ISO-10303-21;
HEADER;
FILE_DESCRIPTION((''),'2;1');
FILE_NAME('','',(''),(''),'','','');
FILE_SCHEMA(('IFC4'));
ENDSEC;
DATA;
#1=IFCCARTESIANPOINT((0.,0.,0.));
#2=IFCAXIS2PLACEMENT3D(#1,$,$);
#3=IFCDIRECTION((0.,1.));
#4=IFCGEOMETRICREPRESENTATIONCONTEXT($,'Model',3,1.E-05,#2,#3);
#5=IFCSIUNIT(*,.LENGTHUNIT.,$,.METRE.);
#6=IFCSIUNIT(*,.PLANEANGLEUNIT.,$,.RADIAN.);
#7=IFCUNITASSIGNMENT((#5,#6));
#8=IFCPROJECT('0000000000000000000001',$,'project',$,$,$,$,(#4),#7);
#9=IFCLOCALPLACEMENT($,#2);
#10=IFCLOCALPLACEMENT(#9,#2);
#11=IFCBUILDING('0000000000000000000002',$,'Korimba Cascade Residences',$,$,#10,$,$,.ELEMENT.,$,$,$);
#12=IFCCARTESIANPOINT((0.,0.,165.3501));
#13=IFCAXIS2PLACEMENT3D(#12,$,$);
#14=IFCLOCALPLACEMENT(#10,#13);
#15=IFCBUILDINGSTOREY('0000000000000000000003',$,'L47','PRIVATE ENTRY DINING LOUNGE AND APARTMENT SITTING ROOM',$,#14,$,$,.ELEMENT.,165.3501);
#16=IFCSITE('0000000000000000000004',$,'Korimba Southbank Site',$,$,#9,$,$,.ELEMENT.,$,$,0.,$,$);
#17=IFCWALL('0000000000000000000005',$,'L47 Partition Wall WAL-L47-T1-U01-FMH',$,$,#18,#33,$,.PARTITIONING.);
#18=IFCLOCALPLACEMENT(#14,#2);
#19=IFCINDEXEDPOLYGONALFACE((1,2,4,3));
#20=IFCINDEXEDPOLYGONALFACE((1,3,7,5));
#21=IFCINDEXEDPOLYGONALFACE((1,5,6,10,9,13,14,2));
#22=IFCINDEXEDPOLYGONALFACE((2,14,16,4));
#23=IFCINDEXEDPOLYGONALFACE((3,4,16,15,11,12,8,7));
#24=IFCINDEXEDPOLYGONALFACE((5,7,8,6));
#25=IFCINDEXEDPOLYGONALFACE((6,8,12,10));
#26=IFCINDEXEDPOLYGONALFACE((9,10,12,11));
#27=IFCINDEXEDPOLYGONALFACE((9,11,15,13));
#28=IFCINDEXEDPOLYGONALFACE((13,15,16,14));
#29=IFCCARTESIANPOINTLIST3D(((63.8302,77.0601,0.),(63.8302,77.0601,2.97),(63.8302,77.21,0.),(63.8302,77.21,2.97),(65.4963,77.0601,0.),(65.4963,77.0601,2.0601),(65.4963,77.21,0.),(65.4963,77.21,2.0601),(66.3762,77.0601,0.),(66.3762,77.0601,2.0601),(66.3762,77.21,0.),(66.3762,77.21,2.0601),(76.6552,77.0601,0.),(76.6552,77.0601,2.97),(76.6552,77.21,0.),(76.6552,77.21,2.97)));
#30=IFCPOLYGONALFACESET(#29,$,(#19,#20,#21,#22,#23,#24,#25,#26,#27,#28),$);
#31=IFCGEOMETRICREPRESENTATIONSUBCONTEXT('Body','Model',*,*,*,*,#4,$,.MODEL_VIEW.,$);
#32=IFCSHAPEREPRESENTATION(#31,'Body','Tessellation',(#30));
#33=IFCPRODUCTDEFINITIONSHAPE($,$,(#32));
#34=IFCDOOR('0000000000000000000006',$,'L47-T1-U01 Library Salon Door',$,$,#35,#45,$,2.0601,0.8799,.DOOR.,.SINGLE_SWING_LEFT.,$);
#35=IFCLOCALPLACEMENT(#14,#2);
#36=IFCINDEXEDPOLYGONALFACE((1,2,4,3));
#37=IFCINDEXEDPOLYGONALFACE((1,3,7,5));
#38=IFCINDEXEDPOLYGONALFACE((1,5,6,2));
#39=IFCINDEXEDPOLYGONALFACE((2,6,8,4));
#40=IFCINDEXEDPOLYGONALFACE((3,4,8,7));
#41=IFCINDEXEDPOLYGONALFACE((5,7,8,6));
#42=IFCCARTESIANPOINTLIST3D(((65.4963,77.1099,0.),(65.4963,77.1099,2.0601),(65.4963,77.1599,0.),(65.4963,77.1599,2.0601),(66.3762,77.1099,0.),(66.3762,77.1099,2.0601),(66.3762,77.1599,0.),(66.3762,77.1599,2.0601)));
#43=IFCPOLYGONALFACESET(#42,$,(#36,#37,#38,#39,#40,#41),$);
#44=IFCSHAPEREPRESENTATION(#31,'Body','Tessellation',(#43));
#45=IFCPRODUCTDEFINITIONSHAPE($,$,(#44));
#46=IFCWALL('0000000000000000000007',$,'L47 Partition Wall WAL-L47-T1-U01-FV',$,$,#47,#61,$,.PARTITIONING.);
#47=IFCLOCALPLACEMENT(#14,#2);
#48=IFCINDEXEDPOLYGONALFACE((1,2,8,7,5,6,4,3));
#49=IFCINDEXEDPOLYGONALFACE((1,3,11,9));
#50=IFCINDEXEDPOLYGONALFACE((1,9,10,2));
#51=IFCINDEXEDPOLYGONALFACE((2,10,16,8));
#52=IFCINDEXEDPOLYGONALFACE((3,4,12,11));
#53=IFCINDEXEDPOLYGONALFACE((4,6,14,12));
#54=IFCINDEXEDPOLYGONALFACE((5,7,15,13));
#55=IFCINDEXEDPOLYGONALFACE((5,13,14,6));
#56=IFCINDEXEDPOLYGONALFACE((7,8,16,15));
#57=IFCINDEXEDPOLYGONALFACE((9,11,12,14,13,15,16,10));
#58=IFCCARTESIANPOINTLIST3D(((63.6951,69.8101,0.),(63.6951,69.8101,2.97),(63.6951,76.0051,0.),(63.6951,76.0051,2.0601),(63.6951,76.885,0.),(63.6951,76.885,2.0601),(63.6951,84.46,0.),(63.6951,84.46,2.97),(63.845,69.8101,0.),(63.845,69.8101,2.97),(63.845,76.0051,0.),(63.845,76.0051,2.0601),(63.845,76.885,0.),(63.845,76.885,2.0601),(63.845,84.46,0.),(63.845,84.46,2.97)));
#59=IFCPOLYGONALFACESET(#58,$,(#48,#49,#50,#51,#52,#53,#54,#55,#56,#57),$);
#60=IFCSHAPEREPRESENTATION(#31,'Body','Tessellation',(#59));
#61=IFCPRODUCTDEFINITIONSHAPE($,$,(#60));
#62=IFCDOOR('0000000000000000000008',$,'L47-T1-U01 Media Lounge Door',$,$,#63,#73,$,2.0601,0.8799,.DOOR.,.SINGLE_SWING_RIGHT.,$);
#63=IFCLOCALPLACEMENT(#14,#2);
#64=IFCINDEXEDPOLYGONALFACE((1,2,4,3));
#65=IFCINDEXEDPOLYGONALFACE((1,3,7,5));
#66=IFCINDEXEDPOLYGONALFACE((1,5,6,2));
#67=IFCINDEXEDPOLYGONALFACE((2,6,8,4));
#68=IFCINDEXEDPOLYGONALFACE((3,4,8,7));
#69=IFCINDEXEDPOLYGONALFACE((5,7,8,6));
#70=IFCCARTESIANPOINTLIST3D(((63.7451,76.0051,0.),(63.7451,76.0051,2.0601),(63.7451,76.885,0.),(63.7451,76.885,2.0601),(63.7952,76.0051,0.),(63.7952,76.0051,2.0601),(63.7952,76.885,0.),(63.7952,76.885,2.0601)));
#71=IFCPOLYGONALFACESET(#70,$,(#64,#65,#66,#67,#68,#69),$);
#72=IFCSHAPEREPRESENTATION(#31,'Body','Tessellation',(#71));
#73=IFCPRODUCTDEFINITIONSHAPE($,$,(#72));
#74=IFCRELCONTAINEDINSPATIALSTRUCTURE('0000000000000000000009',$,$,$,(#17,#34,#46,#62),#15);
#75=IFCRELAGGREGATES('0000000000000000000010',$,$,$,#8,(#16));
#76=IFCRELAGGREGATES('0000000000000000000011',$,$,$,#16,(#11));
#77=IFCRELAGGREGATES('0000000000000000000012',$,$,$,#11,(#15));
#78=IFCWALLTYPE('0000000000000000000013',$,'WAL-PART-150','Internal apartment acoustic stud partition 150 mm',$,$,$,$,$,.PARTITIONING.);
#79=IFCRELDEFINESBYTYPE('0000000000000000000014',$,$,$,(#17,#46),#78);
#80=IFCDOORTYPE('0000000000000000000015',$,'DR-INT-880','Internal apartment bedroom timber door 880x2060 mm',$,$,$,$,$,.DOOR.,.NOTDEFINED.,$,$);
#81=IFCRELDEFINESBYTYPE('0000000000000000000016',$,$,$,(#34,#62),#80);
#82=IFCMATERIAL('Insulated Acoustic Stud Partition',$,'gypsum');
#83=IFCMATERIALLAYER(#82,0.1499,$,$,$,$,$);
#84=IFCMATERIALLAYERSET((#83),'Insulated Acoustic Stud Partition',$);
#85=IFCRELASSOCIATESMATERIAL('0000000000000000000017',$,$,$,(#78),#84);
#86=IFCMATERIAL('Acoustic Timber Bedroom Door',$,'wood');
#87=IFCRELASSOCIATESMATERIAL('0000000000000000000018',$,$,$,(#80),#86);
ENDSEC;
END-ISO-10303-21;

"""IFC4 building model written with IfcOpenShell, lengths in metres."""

from ifc_helpers import new_model, si_unit, direction, frame, frame_2d, origin, place, context, subcontext, project, spatial, rectangle, extrude, material, layer, layer_set, type_object, element, fill, save


model = new_model("IFC4")

# Units and contexts
model_context = context("Model", 3, precision=1e-05, world=origin(), true_north=direction((0.0, 1.0)))
body_context = subcontext(model_context, "Body", "Model", "MODEL_VIEW")
ifc_project = project(units=[si_unit("LENGTHUNIT", "METRE"), si_unit("PLANEANGLEUNIT", "RADIAN")], contexts=[model_context])

# Site, building, storey
site_placement = place(None, origin())
site = spatial("IfcSite", under=ifc_project, at=site_placement, Name="Korimba Southbank Site", CompositionType="ELEMENT", RefElevation=0.0)
building_placement = place(site_placement, origin())
building = spatial("IfcBuilding", under=site, at=building_placement, Name="Korimba Cascade Residences", CompositionType="ELEMENT")
storey_placement = place(building_placement, frame((0.0, 0.0, 165.3501)))
storey = spatial("IfcBuildingStorey", under=building, at=storey_placement, Name="L47", Description="PRIVATE ENTRY DINING LOUNGE AND APARTMENT SITTING ROOM", CompositionType="ELEMENT", Elevation=165.3501)

# Shared definitions
ifc_material_1 = material(Name="Insulated Acoustic Stud Partition", Category="gypsum")
ifc_layer_1 = layer(ifc_material_1, 0.1499)
ifc_layer_set_1 = layer_set([ifc_layer_1], Name="Insulated Acoustic Stud Partition")
wall_type_1 = type_object("IfcWallType", Name="WAL-PART-150", Description="Internal apartment acoustic stud partition 150 mm", PredefinedType="PARTITIONING", material=ifc_layer_set_1)
ifc_material_2 = material(Name="Acoustic Timber Bedroom Door", Category="wood")
door_type_1 = type_object("IfcDoorType", Name="DR-INT-880", Description="Internal apartment bedroom timber door 880x2060 mm", OperationType="NOTDEFINED", PredefinedType="DOOR", material=ifc_material_2)

# Walls, openings, doors
wall_1_placement = place(storey_placement, frame((63.8301, 77.135, 0.0), z_axis=(0.0, 0.0, 1.0), x_axis=(1.0, 0.0, 0.0)))
wall_1 = element("IfcWall", 1, at=wall_1_placement, inside=storey, type_object=wall_type_1, Name="L47 Partition Wall WAL-L47-T1-U01-FMH", PredefinedType="PARTITIONING", context=body_context, shape_type="SweptSolid", body=[
    extrude(rectangle(XDim=12.825, YDim=0.1499, at=frame_2d((6.4126, 0.0))), origin(), (0.0, 0.0, 1.0), 2.97),
])
opening_1_placement = place(wall_1_placement, frame((1.6663, 0.0, 0.0)))
opening_1 = element("IfcOpeningElement", 2, at=opening_1_placement, cuts=wall_1, PredefinedType="OPENING", context=body_context, shape_type="SweptSolid", body=[
    extrude(rectangle(XDim=0.8799, YDim=2.0601, at=frame_2d((0.4399, 1.03))), frame((0.0, 0.085, 0.0), z_axis=(0.0, -1.0, 0.0), x_axis=(1.0, 0.0, 0.0)), (0.0, 0.0, 1.0), 0.1699),
])
door_1_placement = place(opening_1_placement, origin())
door_1 = element("IfcDoor", 3, at=door_1_placement, inside=storey, type_object=door_type_1, Name="L47-T1-U01 Library Salon Door", OperationType="SINGLE_SWING_LEFT", OverallHeight=2.0601, OverallWidth=0.8799, PredefinedType="DOOR", context=body_context, shape_type="SweptSolid", body=[
    extrude(rectangle(XDim=0.8799, YDim=2.0601, at=frame_2d((0.4399, 1.03))), frame((0.0, 0.0249, 0.0), z_axis=(0.0, -1.0, 0.0), x_axis=(1.0, 0.0, 0.0)), (0.0, 0.0, 1.0), 0.05),
])
fill(opening_1, door_1)
wall_2_placement = place(storey_placement, frame((63.77, 69.8101, 0.0), z_axis=(0.0, 0.0, 1.0), x_axis=(0.0, 1.0, 0.0)))
wall_2 = element("IfcWall", 4, at=wall_2_placement, inside=storey, type_object=wall_type_1, Name="L47 Partition Wall WAL-L47-T1-U01-FV", PredefinedType="PARTITIONING", context=body_context, shape_type="SweptSolid", body=[
    extrude(rectangle(XDim=14.6499, YDim=0.1499, at=frame_2d((7.325, 0.0))), origin(), (0.0, 0.0, 1.0), 2.97),
])
opening_2_placement = place(wall_2_placement, frame((6.1951, 0.0, 0.0)))
opening_2 = element("IfcOpeningElement", 5, at=opening_2_placement, cuts=wall_2, PredefinedType="OPENING", context=body_context, shape_type="SweptSolid", body=[
    extrude(rectangle(XDim=0.8799, YDim=2.0601, at=frame_2d((0.4399, 1.03))), frame((0.0, 0.085, 0.0), z_axis=(0.0, -1.0, 0.0), x_axis=(1.0, 0.0, 0.0)), (0.0, 0.0, 1.0), 0.1699),
])
door_2_placement = place(opening_2_placement, origin())
door_2 = element("IfcDoor", 6, at=door_2_placement, inside=storey, type_object=door_type_1, Name="L47-T1-U01 Media Lounge Door", OperationType="SINGLE_SWING_RIGHT", OverallHeight=2.0601, OverallWidth=0.8799, PredefinedType="DOOR", context=body_context, shape_type="SweptSolid", body=[
    extrude(rectangle(XDim=0.8799, YDim=2.0601, at=frame_2d((0.4399, 1.03))), frame((0.0, 0.0249, 0.0), z_axis=(0.0, -1.0, 0.0), x_axis=(1.0, 0.0, 0.0)), (0.0, 0.0, 1.0), 0.05),
])
fill(opening_2, door_2)

save(model, "model.ifc")
